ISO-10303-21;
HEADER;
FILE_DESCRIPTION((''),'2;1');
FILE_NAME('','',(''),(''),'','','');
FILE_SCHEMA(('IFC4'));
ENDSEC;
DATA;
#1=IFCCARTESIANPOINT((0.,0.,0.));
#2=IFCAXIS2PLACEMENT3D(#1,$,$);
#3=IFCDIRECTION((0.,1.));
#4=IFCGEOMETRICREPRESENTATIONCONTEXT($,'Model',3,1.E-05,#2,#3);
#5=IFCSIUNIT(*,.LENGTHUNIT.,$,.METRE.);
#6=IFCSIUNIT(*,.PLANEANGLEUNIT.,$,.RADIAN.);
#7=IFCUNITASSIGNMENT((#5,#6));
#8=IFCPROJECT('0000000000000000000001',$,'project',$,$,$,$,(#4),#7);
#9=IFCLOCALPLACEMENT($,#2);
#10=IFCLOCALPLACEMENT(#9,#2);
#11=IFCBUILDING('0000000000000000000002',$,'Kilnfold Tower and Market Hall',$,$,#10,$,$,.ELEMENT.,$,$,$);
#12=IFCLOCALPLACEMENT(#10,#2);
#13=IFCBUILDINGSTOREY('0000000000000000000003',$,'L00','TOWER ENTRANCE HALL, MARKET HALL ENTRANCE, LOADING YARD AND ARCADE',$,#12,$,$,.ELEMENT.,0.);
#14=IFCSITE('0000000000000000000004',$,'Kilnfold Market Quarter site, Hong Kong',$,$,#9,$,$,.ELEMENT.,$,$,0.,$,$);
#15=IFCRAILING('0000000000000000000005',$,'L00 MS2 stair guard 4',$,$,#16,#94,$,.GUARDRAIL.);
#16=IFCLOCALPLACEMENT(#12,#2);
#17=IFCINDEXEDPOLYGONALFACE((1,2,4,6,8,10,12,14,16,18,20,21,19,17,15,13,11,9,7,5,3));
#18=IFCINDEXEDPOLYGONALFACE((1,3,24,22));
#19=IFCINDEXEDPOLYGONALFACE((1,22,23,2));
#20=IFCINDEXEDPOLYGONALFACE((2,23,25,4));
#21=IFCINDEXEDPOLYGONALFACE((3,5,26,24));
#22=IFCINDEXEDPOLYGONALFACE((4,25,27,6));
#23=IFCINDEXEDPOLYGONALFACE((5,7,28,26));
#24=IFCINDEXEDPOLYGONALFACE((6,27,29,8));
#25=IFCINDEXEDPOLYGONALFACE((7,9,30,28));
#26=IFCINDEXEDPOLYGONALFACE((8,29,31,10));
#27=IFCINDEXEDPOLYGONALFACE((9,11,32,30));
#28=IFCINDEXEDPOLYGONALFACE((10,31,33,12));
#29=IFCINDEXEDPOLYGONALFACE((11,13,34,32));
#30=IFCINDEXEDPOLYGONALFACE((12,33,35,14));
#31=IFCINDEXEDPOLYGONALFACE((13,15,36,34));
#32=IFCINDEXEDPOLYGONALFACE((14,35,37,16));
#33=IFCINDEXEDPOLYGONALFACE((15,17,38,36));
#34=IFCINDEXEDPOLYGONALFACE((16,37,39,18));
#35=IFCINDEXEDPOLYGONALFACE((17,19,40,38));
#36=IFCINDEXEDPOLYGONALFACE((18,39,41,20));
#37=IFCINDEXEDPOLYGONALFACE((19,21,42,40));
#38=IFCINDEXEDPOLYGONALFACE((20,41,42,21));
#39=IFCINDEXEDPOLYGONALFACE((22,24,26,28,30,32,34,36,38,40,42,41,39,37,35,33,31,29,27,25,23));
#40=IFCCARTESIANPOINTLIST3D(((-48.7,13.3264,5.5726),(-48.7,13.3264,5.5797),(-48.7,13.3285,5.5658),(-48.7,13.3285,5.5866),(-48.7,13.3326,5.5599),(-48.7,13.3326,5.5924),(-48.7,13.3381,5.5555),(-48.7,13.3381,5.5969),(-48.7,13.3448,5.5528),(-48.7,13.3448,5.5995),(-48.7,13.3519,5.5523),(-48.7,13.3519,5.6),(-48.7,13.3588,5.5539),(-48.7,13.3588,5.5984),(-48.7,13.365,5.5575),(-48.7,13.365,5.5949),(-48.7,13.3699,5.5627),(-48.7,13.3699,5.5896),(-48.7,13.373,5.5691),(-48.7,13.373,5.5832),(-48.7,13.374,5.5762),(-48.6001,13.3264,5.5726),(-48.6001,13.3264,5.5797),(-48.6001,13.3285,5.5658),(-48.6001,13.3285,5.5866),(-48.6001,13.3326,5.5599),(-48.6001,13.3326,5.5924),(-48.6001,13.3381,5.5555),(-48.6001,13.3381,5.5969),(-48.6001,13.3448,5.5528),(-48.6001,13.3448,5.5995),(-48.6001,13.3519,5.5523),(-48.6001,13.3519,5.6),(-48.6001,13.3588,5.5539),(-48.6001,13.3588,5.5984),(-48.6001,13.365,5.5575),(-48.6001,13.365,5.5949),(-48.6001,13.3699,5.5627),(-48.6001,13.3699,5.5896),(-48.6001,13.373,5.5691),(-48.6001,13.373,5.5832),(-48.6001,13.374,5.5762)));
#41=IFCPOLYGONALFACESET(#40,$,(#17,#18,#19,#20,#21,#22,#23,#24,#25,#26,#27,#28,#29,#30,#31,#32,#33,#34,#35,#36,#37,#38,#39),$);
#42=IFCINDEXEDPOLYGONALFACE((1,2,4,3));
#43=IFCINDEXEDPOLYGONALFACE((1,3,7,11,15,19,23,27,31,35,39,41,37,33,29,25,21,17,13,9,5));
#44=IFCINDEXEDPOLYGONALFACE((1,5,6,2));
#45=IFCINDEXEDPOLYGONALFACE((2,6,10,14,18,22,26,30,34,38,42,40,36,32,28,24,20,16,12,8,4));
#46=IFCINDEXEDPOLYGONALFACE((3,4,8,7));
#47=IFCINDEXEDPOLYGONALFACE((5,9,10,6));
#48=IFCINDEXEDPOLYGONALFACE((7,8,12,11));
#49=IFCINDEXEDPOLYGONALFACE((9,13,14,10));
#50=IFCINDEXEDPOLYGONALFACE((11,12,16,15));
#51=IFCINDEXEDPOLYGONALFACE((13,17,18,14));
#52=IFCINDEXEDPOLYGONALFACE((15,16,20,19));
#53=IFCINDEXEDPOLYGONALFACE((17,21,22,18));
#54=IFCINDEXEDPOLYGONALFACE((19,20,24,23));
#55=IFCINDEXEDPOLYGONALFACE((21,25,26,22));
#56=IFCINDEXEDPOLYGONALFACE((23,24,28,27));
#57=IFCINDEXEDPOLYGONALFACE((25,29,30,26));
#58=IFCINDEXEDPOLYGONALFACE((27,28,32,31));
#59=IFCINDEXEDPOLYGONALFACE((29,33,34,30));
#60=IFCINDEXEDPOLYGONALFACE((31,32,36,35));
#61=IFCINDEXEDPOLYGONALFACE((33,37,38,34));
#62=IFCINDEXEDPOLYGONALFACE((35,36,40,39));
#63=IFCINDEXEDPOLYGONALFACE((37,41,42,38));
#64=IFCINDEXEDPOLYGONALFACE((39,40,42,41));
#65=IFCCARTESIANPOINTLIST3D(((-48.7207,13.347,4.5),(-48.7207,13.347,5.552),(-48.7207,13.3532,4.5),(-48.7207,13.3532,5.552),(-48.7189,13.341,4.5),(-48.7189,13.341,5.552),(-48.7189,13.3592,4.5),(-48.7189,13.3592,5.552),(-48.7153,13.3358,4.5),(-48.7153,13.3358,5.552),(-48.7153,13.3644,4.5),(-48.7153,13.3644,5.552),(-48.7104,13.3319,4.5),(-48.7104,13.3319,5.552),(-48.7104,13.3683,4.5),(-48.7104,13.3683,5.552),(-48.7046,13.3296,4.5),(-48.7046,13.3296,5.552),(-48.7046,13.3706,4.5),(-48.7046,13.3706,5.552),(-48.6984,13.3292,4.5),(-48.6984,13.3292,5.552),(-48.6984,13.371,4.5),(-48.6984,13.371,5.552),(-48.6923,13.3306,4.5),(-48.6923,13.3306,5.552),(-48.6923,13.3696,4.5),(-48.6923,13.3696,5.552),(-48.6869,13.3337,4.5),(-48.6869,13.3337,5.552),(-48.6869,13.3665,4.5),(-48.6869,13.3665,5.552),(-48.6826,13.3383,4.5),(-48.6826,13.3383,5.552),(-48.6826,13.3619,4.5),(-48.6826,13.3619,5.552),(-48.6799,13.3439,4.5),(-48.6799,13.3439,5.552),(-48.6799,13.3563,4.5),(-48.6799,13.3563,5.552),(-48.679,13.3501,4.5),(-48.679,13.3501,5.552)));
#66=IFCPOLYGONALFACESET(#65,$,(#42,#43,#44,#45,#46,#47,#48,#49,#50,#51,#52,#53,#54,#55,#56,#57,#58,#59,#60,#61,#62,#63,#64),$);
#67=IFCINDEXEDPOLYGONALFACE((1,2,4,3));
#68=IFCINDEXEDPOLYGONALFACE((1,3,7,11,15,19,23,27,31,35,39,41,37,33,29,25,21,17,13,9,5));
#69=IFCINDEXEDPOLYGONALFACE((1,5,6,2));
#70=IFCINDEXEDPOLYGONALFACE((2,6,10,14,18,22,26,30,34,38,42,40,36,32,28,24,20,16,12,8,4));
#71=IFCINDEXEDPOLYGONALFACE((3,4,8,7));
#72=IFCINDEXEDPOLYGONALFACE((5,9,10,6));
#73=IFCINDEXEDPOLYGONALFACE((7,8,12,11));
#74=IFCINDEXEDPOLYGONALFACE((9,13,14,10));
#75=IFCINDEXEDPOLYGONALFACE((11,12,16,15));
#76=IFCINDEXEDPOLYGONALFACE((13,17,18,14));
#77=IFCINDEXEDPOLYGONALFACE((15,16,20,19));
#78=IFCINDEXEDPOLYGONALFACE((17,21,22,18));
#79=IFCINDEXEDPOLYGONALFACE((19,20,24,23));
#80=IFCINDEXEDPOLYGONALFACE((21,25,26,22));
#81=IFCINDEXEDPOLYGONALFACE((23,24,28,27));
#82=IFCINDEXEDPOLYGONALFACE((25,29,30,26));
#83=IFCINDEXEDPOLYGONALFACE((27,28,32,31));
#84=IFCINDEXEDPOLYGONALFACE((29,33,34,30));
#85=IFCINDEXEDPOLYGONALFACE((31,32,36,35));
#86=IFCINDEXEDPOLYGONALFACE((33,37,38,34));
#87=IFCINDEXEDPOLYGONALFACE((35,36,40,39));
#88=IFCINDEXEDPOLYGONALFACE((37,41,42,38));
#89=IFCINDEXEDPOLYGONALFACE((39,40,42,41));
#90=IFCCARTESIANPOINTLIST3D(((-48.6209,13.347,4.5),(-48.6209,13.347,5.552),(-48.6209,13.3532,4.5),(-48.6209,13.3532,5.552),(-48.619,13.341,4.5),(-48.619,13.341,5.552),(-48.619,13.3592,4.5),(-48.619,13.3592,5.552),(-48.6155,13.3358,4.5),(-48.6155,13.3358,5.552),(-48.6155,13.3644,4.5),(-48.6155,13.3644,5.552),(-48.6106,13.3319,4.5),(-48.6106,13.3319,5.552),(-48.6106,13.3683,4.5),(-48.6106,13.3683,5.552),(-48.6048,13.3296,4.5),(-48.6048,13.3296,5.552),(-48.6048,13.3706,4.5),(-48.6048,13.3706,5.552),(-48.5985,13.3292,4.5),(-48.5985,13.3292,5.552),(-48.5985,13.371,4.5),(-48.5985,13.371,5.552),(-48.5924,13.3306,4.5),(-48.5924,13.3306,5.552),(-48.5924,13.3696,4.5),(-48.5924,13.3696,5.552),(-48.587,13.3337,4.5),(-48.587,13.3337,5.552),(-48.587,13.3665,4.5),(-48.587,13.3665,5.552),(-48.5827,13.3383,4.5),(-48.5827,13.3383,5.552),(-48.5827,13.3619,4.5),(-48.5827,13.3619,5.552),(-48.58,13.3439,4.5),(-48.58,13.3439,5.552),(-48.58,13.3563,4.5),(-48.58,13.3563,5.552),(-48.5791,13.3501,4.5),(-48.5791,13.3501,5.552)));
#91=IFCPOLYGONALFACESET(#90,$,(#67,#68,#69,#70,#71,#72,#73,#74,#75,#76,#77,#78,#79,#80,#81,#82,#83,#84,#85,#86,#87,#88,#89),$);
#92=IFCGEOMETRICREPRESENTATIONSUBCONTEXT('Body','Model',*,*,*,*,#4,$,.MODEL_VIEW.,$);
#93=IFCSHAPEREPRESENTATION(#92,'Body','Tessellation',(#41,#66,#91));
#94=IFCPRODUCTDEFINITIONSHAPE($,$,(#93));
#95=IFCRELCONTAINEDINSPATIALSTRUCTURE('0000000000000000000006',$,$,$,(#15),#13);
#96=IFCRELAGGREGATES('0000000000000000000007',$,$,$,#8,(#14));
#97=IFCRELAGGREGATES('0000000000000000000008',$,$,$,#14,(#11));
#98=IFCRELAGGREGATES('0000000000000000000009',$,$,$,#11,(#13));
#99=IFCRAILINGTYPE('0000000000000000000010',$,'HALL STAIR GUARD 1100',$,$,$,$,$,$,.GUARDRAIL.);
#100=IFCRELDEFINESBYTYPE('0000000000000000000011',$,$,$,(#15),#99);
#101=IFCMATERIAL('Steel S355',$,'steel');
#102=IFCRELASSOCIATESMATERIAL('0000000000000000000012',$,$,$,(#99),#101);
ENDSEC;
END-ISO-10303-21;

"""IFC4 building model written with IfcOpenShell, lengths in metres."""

from ifc_helpers import new_model, si_unit, direction, frame, origin, origin_2d, place, context, subcontext, project, spatial, circle, extrude, material, type_object, element, save


model = new_model("IFC4")

# Units and contexts
model_context = context("Model", 3, precision=1e-05, world=origin(), true_north=direction((0.0, 1.0)))
body_context = subcontext(model_context, "Body", "Model", "MODEL_VIEW")
ifc_project = project(units=[si_unit("LENGTHUNIT", "METRE"), si_unit("PLANEANGLEUNIT", "RADIAN")], contexts=[model_context])

# Site, building, storey
site_placement = place(None, origin())
site = spatial("IfcSite", under=ifc_project, at=site_placement, Name="Kilnfold Market Quarter site, Hong Kong", CompositionType="ELEMENT", RefElevation=0.0)
building_placement = place(site_placement, origin())
building = spatial("IfcBuilding", under=site, at=building_placement, Name="Kilnfold Tower and Market Hall", CompositionType="ELEMENT")
storey_placement = place(building_placement, origin())
storey = spatial("IfcBuildingStorey", under=building, at=storey_placement, Name="L00", Description="TOWER ENTRANCE HALL, MARKET HALL ENTRANCE, LOADING YARD AND ARCADE", CompositionType="ELEMENT", Elevation=0.0)

# Railing
ifc_material_1 = material(Name="Steel S355", Category="steel")
railing_type_1 = type_object("IfcRailingType", Name="HALL STAIR GUARD 1100", PredefinedType="GUARDRAIL", material=ifc_material_1)
railing_1_placement = place(storey_placement, frame((-48.7, 13.3501, 4.5)))
element("IfcRailing", 1, at=railing_1_placement, inside=storey, type_object=railing_type_1, Name="L00 MS2 stair guard 4", PredefinedType="GUARDRAIL", context=body_context, shape_type="SweptSolid", body=[
    extrude(circle(Radius=0.0239, at=origin_2d()), frame((0.0, 0.0, 1.0762), z_axis=(1.0, 0.0, 0.0), x_axis=(0.0, 1.0, 0.0)), (0.0, 0.0, 1.0), 0.0999),
    extrude(circle(Radius=0.021, at=origin_2d()), origin(), (0.0, 0.0, 1.0), 1.052),
    extrude(circle(Radius=0.021, at=origin_2d()), frame((0.0999, 0.0, 0.0)), (0.0, 0.0, 1.0), 1.052),
])

save(model, "model.ifc")
